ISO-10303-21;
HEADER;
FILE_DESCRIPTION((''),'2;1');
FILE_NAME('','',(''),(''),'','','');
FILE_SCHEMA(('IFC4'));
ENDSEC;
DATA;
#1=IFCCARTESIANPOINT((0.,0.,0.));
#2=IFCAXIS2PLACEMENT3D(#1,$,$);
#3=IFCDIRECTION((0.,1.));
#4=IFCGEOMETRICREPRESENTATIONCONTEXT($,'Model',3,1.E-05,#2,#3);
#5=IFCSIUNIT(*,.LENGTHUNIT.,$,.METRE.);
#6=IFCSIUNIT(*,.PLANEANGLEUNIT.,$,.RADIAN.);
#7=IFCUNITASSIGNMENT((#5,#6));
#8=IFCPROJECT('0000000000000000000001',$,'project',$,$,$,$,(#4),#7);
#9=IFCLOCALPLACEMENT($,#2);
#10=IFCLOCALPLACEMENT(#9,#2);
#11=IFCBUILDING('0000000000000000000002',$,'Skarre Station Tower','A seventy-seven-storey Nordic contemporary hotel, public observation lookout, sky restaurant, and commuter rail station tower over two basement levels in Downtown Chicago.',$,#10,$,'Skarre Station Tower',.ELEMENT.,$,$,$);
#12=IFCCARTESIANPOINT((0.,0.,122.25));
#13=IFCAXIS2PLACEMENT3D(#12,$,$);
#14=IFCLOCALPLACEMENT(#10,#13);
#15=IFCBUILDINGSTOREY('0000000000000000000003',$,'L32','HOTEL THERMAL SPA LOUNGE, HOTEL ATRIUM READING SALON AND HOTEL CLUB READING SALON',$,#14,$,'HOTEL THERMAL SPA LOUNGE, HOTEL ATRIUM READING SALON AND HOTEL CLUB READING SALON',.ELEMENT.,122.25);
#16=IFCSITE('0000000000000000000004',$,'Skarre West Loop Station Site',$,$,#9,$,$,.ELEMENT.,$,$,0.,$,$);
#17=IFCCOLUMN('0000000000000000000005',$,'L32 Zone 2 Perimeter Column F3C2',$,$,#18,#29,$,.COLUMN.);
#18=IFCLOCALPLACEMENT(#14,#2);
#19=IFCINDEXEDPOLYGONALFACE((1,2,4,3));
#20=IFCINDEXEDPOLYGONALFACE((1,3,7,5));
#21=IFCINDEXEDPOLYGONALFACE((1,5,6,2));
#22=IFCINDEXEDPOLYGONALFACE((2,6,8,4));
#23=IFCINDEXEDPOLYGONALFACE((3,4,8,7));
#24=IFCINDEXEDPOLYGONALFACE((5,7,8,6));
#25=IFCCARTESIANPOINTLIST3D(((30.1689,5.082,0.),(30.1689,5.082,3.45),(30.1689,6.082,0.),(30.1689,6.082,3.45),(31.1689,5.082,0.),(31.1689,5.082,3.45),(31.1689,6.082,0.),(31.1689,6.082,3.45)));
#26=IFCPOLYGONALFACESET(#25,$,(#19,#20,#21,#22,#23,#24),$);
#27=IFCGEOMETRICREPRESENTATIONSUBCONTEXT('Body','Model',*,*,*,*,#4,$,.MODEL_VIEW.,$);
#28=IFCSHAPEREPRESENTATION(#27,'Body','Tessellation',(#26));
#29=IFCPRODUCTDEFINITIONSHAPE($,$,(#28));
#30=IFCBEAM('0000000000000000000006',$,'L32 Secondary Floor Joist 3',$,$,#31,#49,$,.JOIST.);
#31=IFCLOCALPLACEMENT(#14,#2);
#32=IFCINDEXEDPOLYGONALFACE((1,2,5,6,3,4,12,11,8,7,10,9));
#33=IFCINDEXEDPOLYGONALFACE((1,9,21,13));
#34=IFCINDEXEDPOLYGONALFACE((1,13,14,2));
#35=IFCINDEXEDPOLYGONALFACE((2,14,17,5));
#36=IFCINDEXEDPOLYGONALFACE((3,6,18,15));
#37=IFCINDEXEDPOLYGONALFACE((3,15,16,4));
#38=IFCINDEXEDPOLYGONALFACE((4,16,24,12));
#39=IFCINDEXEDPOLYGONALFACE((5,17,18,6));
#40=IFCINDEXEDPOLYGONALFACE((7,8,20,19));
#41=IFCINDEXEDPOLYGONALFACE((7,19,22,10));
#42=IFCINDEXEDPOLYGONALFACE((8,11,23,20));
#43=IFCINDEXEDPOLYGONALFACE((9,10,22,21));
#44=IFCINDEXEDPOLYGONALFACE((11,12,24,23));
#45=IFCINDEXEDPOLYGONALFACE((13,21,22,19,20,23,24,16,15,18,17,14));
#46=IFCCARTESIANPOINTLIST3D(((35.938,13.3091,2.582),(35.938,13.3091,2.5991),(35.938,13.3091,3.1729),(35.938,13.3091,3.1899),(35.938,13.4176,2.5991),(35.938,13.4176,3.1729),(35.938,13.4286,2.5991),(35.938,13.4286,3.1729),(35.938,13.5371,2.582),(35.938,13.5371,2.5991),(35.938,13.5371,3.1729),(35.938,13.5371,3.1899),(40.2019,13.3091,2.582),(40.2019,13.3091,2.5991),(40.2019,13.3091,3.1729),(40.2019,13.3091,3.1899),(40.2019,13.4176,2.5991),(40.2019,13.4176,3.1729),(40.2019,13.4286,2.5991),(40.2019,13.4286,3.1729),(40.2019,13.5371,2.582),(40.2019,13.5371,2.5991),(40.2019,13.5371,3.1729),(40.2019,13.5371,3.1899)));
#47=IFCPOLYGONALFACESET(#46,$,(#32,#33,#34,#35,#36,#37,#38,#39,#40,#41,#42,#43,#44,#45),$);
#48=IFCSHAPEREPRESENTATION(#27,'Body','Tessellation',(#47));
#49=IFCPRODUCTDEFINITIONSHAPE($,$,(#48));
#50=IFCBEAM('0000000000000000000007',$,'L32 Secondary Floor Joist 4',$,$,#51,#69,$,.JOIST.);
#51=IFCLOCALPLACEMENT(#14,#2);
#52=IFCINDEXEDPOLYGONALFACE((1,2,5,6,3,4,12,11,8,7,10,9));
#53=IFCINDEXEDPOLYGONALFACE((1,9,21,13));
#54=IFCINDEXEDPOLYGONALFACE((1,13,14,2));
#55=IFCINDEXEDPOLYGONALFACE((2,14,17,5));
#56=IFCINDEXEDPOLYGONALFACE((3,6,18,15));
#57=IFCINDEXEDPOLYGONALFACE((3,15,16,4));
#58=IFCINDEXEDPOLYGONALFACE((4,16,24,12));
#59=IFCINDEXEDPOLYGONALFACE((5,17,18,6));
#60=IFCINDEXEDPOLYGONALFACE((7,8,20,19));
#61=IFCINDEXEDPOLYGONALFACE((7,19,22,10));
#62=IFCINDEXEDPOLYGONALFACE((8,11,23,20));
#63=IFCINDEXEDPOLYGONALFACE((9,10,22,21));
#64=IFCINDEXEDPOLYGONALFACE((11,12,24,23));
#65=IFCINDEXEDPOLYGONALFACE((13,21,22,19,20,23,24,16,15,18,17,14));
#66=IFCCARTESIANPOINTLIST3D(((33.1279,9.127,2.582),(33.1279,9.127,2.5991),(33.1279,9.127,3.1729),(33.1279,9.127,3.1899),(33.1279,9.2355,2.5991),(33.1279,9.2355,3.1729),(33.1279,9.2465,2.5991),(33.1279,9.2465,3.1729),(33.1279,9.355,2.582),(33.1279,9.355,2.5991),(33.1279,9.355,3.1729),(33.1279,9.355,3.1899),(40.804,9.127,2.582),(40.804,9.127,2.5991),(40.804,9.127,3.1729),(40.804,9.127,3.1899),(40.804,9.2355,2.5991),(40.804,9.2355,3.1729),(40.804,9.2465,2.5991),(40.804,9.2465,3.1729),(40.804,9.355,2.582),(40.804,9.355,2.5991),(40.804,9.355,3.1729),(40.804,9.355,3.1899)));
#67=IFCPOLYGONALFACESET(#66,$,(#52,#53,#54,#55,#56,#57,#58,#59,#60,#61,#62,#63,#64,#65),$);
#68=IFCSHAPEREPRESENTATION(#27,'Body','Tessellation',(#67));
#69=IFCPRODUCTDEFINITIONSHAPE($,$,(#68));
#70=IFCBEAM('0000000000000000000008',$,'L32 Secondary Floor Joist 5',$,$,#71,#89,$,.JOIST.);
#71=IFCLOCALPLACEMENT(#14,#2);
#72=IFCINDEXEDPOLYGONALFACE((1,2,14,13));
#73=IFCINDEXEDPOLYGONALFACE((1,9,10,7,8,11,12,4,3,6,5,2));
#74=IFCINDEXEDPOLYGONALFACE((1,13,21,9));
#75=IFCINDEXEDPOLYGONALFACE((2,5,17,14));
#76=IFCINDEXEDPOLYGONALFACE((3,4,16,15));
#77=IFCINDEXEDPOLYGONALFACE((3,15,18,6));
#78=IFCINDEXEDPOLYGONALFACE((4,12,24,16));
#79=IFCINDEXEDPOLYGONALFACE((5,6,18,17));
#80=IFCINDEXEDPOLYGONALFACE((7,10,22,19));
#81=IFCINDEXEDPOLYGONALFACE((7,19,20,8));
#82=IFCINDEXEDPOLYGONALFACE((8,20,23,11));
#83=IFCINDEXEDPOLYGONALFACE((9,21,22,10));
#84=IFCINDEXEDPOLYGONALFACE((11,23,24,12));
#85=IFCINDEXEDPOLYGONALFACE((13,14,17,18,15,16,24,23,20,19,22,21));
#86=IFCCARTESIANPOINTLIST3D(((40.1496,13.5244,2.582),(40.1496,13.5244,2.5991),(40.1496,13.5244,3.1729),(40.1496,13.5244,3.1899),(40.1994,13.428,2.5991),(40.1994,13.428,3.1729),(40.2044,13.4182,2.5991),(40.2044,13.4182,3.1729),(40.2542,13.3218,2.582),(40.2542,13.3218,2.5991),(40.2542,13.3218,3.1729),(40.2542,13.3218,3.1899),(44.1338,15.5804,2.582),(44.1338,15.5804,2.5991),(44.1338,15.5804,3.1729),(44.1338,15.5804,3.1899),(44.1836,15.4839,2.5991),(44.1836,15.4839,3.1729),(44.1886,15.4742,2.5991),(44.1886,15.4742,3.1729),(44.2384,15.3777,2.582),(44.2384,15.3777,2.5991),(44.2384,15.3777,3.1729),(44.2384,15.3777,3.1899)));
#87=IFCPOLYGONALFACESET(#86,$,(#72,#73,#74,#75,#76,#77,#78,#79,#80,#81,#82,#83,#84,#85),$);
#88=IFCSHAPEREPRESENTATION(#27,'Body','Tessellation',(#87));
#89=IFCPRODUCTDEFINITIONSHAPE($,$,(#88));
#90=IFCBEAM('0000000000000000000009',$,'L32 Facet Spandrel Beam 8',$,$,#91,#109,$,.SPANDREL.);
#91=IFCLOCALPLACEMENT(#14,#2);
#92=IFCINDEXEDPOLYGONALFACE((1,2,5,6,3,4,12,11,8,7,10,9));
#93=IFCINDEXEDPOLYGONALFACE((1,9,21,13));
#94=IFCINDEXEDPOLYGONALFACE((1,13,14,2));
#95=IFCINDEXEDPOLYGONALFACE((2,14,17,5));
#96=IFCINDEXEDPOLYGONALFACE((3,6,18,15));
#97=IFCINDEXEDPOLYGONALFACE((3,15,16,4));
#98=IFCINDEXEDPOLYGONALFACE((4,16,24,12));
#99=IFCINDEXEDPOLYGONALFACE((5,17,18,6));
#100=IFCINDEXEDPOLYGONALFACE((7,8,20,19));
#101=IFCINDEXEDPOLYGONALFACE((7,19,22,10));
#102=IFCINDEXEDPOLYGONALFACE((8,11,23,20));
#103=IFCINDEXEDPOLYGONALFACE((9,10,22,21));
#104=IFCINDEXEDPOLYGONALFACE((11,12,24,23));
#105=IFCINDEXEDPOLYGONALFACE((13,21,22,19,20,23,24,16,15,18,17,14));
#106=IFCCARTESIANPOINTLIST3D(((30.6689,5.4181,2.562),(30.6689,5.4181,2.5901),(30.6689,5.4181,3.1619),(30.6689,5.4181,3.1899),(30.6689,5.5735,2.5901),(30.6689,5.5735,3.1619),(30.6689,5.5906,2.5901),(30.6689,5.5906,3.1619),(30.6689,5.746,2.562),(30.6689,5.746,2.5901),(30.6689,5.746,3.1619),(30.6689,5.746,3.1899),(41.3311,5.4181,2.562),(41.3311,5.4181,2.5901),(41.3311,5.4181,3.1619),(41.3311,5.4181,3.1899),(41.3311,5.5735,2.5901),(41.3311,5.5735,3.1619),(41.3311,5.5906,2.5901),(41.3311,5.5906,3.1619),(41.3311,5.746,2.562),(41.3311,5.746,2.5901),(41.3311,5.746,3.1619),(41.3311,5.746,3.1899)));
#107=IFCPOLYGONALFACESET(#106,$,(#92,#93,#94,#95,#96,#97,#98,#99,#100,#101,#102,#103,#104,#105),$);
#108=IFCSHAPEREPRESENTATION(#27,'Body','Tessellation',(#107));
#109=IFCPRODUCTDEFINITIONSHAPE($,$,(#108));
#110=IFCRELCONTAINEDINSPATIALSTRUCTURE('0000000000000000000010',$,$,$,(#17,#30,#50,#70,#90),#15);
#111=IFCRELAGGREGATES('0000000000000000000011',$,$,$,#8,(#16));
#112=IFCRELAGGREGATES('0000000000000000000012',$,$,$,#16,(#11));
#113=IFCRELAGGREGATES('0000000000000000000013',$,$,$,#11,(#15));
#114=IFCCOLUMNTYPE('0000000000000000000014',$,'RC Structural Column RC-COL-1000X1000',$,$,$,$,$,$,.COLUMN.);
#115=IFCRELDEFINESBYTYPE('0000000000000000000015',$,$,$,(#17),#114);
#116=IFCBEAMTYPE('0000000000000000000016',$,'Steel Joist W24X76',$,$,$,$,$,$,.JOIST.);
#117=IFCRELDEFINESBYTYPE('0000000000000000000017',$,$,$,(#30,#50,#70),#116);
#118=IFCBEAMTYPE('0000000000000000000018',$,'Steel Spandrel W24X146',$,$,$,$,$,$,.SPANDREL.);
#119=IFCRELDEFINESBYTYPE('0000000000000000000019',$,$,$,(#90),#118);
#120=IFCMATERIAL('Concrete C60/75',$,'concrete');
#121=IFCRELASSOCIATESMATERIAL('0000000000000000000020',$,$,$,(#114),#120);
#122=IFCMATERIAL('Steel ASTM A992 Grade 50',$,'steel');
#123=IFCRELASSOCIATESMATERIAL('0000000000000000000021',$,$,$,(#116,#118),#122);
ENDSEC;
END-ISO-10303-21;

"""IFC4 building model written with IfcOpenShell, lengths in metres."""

from ifc_helpers import new_model, si_unit, direction, frame, origin, origin_2d, place, context, subcontext, project, spatial, rectangle, i_section, extrude, material, material_profile, profile_set, type_object, element, save


model = new_model("IFC4")

# Units and contexts
model_context = context("Model", 3, precision=1e-05, world=origin(), true_north=direction((0.0, 1.0)))
body_context = subcontext(model_context, "Body", "Model", "MODEL_VIEW")
ifc_project = project(units=[si_unit("LENGTHUNIT", "METRE"), si_unit("PLANEANGLEUNIT", "RADIAN")], contexts=[model_context])

# Site, building, storey
site_placement = place(None, origin())
site = spatial("IfcSite", under=ifc_project, at=site_placement, Name="Skarre West Loop Station Site", CompositionType="ELEMENT", RefElevation=0.0)
building_placement = place(site_placement, origin())
building = spatial("IfcBuilding", under=site, at=building_placement, Name="Skarre Station Tower", Description="A seventy-seven-storey Nordic contemporary hotel, public observation lookout, sky restaurant, and commuter rail station tower over two basement levels in Downtown Chicago.", LongName="Skarre Station Tower", CompositionType="ELEMENT")
storey_placement = place(building_placement, frame((0.0, 0.0, 122.25)))
storey = spatial("IfcBuildingStorey", under=building, at=storey_placement, Name="L32", Description="HOTEL THERMAL SPA LOUNGE, HOTEL ATRIUM READING SALON AND HOTEL CLUB READING SALON", LongName="HOTEL THERMAL SPA LOUNGE, HOTEL ATRIUM READING SALON AND HOTEL CLUB READING SALON", CompositionType="ELEMENT", Elevation=122.25)

# Column
ifc_material_1 = material(Name="Concrete C60/75", Category="concrete")
ifc_material_profile_1 = material_profile(ifc_material_1, rectangle(XDim=1.0, YDim=1.0, at=origin_2d()), Name="Concrete C60/75")
ifc_profile_set_1 = profile_set([ifc_material_profile_1], Name="Concrete C60/75")
column_type = type_object("IfcColumnType", Name="RC Structural Column RC-COL-1000X1000", PredefinedType="COLUMN", material=ifc_profile_set_1)
column_placement = place(storey_placement, frame((30.6689, 5.582, 0.0), z_axis=(0.0, 0.0, 1.0), x_axis=(1.0, 0.0, 0.0)))
element("IfcColumn", 1, at=column_placement, inside=storey, type_object=column_type, Name="L32 Zone 2 Perimeter Column F3C2", PredefinedType="COLUMN", context=body_context, shape_type="SweptSolid", body=[
    extrude(rectangle(XDim=1.0, YDim=1.0, at=origin_2d()), origin(), (0.0, 0.0, 1.0), 3.45),
])

# Beams
ifc_material_2 = material(Name="Steel ASTM A992 Grade 50", Category="steel")
ifc_material_profile_2 = material_profile(ifc_material_2, i_section(OverallWidth=0.228, OverallDepth=0.6079, WebThickness=0.011, FlangeThickness=0.0171, at=origin_2d()), Name="Steel ASTM A992 Grade 50")
ifc_profile_set_2 = profile_set([ifc_material_profile_2], Name="Steel ASTM A992 Grade 50")
beam_type_1 = type_object("IfcBeamType", Name="Steel Joist W24X76", PredefinedType="JOIST", material=ifc_profile_set_2)
beam_1_placement = place(storey_placement, frame((35.938, 13.4231, 2.886), z_axis=(1.0, 0.0, 0.0), x_axis=(0.0, 1.0, 0.0)))
element("IfcBeam", 2, at=beam_1_placement, inside=storey, type_object=beam_type_1, Name="L32 Secondary Floor Joist 3", PredefinedType="JOIST", context=body_context, shape_type="SweptSolid", body=[
    extrude(i_section(OverallWidth=0.228, OverallDepth=0.6079, WebThickness=0.011, FlangeThickness=0.0171, at=origin_2d()), origin(), (0.0, 0.0, 1.0), 4.2639),
])
beam_2_placement = place(storey_placement, frame((33.1279, 9.241, 2.886), z_axis=(1.0, 0.0, 0.0), x_axis=(0.0, 1.0, 0.0)))
element("IfcBeam", 3, at=beam_2_placement, inside=storey, type_object=beam_type_1, Name="L32 Secondary Floor Joist 4", PredefinedType="JOIST", context=body_context, shape_type="SweptSolid", body=[
    extrude(i_section(OverallWidth=0.228, OverallDepth=0.6079, WebThickness=0.011, FlangeThickness=0.0171, at=origin_2d()), origin(), (0.0, 0.0, 1.0), 7.676),
])
beam_3_placement = place(storey_placement, frame((40.2019, 13.4231, 2.886), z_axis=(0.888659, 0.458569, 0.0), x_axis=(-0.458569, 0.888659, 0.0)))
element("IfcBeam", 4, at=beam_3_placement, inside=storey, type_object=beam_type_1, Name="L32 Secondary Floor Joist 5", PredefinedType="JOIST", context=body_context, shape_type="SweptSolid", body=[
    extrude(i_section(OverallWidth=0.228, OverallDepth=0.6079, WebThickness=0.011, FlangeThickness=0.0171, at=origin_2d()), origin(), (0.0, 0.0, 1.0), 4.4834),
])
ifc_material_profile_3 = material_profile(ifc_material_2, i_section(OverallWidth=0.3279, OverallDepth=0.6279, WebThickness=0.0171, FlangeThickness=0.0281, at=origin_2d()), Name="Steel ASTM A992 Grade 50")
ifc_profile_set_3 = profile_set([ifc_material_profile_3], Name="Steel ASTM A992 Grade 50")
beam_type_2 = type_object("IfcBeamType", Name="Steel Spandrel W24X146", PredefinedType="SPANDREL", material=ifc_profile_set_3)
beam_4_placement = place(storey_placement, frame((30.6689, 5.582, 2.876), z_axis=(1.0, 0.0, 0.0), x_axis=(0.0, 1.0, 0.0)))
element("IfcBeam", 5, at=beam_4_placement, inside=storey, type_object=beam_type_2, Name="L32 Facet Spandrel Beam 8", PredefinedType="SPANDREL", context=body_context, shape_type="SweptSolid", body=[
    extrude(i_section(OverallWidth=0.3279, OverallDepth=0.6279, WebThickness=0.0171, FlangeThickness=0.0281, at=origin_2d()), origin(), (0.0, 0.0, 1.0), 10.6621),
])

save(model, "model.ifc")
